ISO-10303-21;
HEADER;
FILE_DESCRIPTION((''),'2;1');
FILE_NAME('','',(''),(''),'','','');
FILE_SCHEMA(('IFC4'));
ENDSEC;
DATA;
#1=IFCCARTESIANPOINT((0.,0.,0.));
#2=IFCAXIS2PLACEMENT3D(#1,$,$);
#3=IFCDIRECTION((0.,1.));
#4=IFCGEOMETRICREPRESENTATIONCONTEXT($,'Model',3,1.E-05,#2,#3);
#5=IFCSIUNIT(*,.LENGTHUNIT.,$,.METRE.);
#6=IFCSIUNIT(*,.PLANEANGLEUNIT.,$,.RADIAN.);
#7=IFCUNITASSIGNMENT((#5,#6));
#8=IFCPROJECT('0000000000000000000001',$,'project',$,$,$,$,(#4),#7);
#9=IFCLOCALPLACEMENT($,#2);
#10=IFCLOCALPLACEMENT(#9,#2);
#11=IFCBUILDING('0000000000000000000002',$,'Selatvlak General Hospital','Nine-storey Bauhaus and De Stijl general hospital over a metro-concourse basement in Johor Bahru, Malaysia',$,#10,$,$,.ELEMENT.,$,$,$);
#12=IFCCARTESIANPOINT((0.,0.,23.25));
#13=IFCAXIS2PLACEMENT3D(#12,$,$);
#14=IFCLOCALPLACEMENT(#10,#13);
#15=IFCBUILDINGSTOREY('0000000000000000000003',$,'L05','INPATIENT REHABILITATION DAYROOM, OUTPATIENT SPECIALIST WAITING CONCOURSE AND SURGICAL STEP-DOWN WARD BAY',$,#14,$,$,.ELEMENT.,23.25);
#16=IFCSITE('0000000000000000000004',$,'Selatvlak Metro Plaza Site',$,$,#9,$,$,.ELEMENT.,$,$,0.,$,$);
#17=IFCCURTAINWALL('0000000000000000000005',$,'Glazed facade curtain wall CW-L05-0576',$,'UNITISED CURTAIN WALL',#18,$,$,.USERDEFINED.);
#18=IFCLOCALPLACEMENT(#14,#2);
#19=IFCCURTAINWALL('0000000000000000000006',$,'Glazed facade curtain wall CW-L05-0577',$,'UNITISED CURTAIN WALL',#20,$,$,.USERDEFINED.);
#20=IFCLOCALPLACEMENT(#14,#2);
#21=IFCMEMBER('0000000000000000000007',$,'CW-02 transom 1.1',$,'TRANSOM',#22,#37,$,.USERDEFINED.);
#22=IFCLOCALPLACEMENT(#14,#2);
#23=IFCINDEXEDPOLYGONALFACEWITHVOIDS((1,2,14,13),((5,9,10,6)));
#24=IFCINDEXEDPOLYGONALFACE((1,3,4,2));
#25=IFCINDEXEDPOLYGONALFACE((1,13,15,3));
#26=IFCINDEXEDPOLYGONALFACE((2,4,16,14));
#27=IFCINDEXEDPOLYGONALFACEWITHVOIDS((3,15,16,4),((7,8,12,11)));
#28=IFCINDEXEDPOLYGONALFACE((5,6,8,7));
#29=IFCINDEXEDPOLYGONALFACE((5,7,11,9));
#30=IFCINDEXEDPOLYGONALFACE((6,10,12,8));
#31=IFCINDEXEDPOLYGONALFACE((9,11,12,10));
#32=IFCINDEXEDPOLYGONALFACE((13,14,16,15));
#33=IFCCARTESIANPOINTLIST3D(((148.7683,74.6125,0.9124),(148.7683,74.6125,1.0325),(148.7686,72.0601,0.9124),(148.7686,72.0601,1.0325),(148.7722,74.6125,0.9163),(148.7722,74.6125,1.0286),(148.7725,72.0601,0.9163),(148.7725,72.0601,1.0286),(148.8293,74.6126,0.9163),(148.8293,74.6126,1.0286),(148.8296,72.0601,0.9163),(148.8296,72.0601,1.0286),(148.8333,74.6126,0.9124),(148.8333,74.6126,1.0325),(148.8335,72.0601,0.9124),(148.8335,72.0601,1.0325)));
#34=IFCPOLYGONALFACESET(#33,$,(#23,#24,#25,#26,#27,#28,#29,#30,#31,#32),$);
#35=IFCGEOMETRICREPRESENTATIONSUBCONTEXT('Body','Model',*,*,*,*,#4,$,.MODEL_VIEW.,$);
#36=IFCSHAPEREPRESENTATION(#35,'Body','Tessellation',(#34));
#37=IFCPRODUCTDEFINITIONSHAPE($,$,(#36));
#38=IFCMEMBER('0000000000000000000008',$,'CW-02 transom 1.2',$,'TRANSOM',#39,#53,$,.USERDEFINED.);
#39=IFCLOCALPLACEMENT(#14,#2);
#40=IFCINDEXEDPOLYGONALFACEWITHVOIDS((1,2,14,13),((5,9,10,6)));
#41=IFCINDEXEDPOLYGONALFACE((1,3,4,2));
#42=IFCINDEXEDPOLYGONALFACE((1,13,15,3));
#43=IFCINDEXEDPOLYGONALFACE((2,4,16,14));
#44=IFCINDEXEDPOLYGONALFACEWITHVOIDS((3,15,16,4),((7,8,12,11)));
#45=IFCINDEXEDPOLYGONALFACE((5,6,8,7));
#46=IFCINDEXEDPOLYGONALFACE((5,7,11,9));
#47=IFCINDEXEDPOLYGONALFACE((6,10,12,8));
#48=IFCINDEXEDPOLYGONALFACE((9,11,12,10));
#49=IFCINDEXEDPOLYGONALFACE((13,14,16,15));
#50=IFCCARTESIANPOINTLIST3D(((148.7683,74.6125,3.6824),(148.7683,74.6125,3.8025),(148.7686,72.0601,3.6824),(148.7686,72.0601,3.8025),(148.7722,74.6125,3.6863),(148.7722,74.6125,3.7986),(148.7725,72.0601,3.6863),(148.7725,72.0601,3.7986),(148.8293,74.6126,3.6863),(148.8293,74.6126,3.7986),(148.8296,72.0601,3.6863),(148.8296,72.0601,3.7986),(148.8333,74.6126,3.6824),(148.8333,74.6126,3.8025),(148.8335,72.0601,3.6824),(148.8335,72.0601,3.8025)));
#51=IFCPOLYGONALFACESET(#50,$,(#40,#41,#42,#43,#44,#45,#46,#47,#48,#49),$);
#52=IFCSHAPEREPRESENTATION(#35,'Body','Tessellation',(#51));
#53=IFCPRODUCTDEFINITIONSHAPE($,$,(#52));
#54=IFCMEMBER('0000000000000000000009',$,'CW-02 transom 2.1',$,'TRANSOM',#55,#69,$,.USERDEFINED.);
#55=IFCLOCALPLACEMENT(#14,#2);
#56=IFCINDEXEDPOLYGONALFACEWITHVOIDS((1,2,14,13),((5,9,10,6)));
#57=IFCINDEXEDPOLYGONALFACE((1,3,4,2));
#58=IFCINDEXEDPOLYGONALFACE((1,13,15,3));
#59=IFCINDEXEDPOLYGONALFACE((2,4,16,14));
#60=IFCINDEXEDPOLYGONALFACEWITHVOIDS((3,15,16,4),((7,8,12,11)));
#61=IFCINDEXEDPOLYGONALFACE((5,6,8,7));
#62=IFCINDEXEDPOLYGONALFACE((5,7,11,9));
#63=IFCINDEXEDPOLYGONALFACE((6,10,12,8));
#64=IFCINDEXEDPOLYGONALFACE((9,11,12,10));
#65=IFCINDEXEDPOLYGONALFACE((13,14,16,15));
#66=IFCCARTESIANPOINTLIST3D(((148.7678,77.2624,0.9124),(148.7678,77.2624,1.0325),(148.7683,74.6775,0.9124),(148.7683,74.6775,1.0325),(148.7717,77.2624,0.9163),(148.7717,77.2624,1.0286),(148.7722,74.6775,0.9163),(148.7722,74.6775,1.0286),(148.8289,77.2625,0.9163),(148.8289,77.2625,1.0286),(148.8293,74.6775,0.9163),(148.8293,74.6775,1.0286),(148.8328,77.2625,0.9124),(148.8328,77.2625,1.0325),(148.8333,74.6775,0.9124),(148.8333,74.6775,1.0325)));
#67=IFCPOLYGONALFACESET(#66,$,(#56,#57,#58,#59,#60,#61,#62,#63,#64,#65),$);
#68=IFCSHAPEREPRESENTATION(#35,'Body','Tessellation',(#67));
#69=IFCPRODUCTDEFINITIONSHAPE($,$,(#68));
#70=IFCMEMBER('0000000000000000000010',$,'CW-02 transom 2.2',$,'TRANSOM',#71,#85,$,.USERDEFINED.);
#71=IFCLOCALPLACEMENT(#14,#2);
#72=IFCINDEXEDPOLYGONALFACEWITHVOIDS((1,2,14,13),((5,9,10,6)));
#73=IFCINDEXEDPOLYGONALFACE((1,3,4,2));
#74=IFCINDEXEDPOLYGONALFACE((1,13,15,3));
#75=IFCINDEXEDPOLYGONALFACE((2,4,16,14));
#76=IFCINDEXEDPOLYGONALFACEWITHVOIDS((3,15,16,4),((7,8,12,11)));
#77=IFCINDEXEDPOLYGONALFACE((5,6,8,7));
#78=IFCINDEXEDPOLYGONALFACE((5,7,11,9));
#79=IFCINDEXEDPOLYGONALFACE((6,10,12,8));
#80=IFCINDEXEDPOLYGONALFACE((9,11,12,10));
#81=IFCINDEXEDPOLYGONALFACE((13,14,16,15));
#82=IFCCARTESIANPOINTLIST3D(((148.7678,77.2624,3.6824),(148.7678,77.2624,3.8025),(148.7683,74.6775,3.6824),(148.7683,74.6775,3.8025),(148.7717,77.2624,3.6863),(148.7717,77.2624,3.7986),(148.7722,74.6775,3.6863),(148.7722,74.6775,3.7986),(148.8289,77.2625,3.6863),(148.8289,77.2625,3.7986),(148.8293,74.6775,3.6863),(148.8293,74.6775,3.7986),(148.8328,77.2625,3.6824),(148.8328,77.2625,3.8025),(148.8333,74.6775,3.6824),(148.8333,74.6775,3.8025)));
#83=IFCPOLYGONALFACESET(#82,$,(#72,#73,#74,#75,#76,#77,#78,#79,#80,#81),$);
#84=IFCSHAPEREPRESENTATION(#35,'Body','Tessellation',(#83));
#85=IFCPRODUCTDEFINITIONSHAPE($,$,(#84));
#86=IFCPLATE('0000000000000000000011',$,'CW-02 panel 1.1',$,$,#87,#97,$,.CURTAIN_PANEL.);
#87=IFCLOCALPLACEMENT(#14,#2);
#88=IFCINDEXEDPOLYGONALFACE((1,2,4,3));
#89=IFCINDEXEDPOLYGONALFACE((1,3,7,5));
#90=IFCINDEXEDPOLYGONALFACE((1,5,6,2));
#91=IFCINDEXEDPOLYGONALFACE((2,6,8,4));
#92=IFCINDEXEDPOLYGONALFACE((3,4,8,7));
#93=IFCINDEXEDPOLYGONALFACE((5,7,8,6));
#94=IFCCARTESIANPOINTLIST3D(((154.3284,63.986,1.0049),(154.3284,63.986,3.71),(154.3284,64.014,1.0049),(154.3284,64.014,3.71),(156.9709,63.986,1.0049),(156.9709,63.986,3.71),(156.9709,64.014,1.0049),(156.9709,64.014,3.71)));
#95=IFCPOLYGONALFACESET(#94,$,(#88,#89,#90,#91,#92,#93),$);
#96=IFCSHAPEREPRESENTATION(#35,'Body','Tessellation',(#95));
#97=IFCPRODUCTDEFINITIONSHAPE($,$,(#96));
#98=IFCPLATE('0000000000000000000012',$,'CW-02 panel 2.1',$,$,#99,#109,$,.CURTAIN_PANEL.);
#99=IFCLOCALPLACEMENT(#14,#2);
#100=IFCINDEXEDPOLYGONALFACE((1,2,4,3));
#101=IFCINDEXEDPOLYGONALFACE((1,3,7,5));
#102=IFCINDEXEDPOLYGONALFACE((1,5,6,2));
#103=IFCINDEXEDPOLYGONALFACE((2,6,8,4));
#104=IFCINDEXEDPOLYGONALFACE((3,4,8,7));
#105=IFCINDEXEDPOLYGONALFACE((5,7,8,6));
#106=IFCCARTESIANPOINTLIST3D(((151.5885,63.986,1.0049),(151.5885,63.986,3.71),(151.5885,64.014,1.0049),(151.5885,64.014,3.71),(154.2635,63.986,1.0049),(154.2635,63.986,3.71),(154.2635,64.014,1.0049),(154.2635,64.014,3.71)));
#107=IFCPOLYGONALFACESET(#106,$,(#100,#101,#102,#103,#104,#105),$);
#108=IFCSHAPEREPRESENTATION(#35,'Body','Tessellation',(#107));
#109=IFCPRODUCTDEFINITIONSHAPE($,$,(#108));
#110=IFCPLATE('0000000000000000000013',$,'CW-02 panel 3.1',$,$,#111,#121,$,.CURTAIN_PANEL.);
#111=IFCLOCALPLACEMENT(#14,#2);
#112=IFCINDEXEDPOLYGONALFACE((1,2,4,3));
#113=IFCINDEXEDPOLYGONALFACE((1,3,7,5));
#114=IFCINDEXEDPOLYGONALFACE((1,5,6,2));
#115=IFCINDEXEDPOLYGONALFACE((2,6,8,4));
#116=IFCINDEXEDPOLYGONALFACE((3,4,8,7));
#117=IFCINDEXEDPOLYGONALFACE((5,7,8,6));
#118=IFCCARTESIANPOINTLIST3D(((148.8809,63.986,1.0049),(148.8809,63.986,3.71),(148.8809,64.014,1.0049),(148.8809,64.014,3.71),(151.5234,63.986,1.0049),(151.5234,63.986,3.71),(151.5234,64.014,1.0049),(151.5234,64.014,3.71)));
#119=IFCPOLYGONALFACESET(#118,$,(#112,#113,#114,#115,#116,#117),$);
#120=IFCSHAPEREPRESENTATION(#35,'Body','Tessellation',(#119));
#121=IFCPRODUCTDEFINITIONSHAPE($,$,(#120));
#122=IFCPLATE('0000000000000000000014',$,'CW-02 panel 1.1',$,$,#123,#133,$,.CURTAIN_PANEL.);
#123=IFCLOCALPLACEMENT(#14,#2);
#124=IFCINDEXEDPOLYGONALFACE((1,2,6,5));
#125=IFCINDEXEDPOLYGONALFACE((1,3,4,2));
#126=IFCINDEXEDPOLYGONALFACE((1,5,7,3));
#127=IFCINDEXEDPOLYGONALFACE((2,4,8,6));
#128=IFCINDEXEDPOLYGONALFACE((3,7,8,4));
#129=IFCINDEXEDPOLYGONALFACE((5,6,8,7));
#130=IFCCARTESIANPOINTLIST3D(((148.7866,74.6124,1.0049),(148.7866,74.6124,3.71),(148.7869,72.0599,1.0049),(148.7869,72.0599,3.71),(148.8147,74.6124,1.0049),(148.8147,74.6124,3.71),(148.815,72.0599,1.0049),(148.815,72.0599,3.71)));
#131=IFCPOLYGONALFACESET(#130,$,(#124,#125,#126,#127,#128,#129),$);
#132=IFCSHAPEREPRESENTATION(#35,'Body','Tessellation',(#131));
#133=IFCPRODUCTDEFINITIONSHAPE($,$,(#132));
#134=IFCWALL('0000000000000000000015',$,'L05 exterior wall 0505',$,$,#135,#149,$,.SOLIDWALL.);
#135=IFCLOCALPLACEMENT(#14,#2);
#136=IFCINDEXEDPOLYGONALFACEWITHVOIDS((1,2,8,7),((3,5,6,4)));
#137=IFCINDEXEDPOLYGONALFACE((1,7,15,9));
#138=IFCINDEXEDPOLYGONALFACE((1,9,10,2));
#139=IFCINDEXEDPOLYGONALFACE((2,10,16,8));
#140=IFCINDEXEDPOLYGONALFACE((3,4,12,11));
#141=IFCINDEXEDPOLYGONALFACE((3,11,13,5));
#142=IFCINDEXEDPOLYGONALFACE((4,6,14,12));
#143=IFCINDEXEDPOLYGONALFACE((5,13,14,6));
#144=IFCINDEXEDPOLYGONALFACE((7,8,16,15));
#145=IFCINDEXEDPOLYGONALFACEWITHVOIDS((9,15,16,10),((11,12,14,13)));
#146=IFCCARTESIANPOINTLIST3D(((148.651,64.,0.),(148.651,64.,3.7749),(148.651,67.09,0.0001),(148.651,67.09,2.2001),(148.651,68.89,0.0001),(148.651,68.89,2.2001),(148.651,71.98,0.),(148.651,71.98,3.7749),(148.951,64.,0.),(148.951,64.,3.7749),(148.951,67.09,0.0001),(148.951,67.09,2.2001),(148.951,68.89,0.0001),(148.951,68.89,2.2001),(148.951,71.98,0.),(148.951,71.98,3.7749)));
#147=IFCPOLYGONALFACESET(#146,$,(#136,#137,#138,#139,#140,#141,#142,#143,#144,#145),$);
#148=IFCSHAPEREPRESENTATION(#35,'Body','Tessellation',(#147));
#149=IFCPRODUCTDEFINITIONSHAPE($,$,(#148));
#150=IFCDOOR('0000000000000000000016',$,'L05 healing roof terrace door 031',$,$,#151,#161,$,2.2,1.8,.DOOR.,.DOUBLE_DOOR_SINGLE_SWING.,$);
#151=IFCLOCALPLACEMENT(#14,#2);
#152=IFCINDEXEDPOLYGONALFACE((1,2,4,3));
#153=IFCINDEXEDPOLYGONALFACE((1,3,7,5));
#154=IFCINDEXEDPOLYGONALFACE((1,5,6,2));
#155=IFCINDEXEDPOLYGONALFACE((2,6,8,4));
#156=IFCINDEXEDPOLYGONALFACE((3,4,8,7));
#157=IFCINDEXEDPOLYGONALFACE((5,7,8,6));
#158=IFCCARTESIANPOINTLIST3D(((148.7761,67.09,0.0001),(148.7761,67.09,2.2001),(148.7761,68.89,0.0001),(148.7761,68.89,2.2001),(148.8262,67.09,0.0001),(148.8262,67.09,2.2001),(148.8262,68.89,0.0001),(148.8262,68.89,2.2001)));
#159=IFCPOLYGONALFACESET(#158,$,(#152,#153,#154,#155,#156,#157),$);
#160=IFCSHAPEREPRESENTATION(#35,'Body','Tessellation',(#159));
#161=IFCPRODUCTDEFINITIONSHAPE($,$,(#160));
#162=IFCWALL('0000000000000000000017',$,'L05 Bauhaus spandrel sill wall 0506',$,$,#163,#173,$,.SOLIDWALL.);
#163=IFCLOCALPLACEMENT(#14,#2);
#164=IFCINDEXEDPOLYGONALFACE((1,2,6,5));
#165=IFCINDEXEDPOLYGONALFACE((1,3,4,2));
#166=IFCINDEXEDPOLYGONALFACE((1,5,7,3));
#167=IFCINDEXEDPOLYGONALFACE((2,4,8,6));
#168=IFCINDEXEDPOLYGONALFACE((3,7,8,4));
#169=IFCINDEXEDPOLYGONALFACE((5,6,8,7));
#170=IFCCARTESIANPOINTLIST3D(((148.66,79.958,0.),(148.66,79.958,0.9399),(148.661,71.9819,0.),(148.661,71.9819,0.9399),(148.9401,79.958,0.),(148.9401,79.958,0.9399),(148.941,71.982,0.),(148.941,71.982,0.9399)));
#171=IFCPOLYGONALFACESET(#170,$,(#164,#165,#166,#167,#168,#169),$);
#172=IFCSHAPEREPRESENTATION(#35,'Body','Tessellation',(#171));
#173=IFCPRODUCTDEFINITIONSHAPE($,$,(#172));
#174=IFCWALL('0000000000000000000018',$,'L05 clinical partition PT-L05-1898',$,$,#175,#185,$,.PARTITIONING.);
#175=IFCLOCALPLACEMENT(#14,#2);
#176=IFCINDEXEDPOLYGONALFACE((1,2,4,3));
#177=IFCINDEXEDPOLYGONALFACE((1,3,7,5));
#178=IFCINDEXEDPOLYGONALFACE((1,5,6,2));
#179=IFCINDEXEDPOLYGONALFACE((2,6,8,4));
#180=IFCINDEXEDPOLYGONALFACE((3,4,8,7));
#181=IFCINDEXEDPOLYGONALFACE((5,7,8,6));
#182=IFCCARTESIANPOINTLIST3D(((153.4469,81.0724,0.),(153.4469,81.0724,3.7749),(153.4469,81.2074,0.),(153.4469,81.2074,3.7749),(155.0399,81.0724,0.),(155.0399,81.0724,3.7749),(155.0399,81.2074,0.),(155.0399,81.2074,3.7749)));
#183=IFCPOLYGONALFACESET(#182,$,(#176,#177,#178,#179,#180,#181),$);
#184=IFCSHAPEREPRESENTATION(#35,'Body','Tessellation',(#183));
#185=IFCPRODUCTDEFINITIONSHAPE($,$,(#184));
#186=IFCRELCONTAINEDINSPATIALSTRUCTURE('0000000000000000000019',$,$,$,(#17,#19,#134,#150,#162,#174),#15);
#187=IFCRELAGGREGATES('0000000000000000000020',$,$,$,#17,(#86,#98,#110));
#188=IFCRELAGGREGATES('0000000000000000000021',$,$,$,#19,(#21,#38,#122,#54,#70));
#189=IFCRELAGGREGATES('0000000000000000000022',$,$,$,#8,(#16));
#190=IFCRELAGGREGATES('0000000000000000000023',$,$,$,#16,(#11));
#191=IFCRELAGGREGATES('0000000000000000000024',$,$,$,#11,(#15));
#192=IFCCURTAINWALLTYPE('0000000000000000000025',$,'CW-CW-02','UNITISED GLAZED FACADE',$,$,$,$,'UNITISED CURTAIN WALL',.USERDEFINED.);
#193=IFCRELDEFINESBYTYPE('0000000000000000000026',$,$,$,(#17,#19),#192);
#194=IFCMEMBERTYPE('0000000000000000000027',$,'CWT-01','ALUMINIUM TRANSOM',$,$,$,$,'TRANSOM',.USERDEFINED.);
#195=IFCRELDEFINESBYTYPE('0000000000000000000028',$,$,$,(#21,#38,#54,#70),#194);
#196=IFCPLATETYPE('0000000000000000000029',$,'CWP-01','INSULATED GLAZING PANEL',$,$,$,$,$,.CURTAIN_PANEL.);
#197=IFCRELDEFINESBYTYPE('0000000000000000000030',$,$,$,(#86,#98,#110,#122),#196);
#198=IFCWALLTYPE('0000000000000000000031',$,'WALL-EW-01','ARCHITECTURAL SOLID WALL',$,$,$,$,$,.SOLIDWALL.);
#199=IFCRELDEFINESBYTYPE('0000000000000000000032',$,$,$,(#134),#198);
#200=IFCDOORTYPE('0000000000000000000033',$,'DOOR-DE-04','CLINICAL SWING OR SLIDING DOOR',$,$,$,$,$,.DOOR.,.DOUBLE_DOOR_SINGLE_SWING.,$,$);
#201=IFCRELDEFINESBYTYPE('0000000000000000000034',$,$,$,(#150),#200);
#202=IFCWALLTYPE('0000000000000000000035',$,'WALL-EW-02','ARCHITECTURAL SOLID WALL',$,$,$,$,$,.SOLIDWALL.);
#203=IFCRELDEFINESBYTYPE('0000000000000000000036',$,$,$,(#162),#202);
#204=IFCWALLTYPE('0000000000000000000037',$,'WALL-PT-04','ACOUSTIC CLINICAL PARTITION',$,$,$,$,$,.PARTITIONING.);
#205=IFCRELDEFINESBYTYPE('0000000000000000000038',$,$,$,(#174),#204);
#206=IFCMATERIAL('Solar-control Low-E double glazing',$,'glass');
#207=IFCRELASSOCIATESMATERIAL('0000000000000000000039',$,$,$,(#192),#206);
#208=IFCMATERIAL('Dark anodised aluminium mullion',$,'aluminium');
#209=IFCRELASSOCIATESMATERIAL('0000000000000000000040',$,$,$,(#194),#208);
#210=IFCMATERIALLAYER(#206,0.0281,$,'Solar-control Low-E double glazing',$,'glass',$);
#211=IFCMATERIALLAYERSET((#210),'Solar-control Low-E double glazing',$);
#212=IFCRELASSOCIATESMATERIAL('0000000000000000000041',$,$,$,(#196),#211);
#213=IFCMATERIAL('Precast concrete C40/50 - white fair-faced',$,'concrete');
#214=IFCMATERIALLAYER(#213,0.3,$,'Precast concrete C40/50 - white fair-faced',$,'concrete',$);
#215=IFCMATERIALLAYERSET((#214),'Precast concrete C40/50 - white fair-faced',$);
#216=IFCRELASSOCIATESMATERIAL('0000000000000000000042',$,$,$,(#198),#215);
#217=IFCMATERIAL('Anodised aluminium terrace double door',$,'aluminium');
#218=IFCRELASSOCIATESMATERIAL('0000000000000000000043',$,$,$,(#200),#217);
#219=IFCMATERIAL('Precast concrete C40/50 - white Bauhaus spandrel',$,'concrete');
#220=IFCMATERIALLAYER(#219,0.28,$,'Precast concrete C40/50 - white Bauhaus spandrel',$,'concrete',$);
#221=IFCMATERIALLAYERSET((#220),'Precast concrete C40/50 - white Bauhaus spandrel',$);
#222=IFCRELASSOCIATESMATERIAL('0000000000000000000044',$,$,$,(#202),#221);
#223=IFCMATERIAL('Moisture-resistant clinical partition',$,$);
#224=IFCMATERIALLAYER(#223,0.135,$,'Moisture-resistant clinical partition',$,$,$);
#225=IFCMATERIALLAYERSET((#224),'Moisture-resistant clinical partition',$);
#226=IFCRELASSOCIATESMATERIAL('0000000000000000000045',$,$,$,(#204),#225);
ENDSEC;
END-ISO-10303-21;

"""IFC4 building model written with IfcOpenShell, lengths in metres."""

from ifc_helpers import new_model, si_unit, direction, frame, frame_2d, origin, origin_2d, place, context, subcontext, project, spatial, rectangle, hollow_rectangle, extrude, material, layer, layer_set, material_profile, profile_set, type_object, element, fill, aggregate, save


model = new_model("IFC4")

# Units and contexts
model_context = context("Model", 3, precision=1e-05, world=origin(), true_north=direction((0.0, 1.0)))
body_context = subcontext(model_context, "Body", "Model", "MODEL_VIEW")
ifc_project = project(units=[si_unit("LENGTHUNIT", "METRE"), si_unit("PLANEANGLEUNIT", "RADIAN")], contexts=[model_context])

# Site, building, storey
site_placement = place(None, origin())
site = spatial("IfcSite", under=ifc_project, at=site_placement, Name="Selatvlak Metro Plaza Site", CompositionType="ELEMENT", RefElevation=0.0)
building_placement = place(site_placement, origin())
building = spatial("IfcBuilding", under=site, at=building_placement, Name="Selatvlak General Hospital", Description="Nine-storey Bauhaus and De Stijl general hospital over a metro-concourse basement in Johor Bahru, Malaysia", CompositionType="ELEMENT")
storey_placement = place(building_placement, frame((0.0, 0.0, 23.25)))
storey = spatial("IfcBuildingStorey", under=building, at=storey_placement, Name="L05", Description="INPATIENT REHABILITATION DAYROOM, OUTPATIENT SPECIALIST WAITING CONCOURSE AND SURGICAL STEP-DOWN WARD BAY", CompositionType="ELEMENT", Elevation=23.25)

# Curtain walls
ifc_material_1 = material(Name="Solar-control Low-E double glazing", Category="glass")
curtain_wall_type = type_object("IfcCurtainWallType", Name="CW-CW-02", Description="UNITISED GLAZED FACADE", ElementType="UNITISED CURTAIN WALL", PredefinedType="USERDEFINED", material=ifc_material_1)
curtain_wall_1_placement = place(storey_placement, origin())
curtain_wall_1 = element("IfcCurtainWall", 1, at=curtain_wall_1_placement, inside=storey, type_object=curtain_wall_type, Name="Glazed facade curtain wall CW-L05-0576", ObjectType="UNITISED CURTAIN WALL", PredefinedType="USERDEFINED")
ifc_material_2 = material(Name="Dark anodised aluminium mullion", Category="aluminium")
curtain_wall_2_placement = place(storey_placement, origin())
curtain_wall_2 = element("IfcCurtainWall", 2, at=curtain_wall_2_placement, inside=storey, type_object=curtain_wall_type, Name="Glazed facade curtain wall CW-L05-0577", ObjectType="UNITISED CURTAIN WALL", PredefinedType="USERDEFINED")

# Members
ifc_material_profile_1 = material_profile(ifc_material_2, hollow_rectangle(XDim=0.0649, YDim=0.1201, WallThickness=0.0039, at=origin_2d()), Name="AL-TRN 65x120x4")
ifc_profile_set_1 = profile_set([ifc_material_profile_1], Name="Dark anodised aluminium mullion")
member_type_1 = type_object("IfcMemberType", Name="CWT-01", Description="ALUMINIUM TRANSOM", ElementType="TRANSOM", PredefinedType="USERDEFINED", material=ifc_profile_set_1)
member_1_placement = place(storey_placement, frame((148.801, 72.0601, 0.9724), z_axis=(-0.000096, 1.0, 0.0), x_axis=(-1.0, -0.000096, 0.0)))
member_1 = element("IfcMember", 3, at=member_1_placement, type_object=member_type_1, Name="CW-02 transom 1.1", ObjectType="TRANSOM", PredefinedType="USERDEFINED", context=body_context, shape_type="SweptSolid", body=[
    extrude(hollow_rectangle(XDim=0.0649, YDim=0.1201, WallThickness=0.0039, at=origin_2d()), origin(), (0.0, 0.0, 1.0), 2.5525),
])
member_2_placement = place(storey_placement, frame((148.801, 72.0601, 3.7424), z_axis=(-0.000096, 1.0, 0.0), x_axis=(-1.0, -0.000096, 0.0)))
member_2 = element("IfcMember", 4, at=member_2_placement, type_object=member_type_1, Name="CW-02 transom 1.2", ObjectType="TRANSOM", PredefinedType="USERDEFINED", context=body_context, shape_type="SweptSolid", body=[
    extrude(hollow_rectangle(XDim=0.0649, YDim=0.1201, WallThickness=0.0039, at=origin_2d()), origin(), (0.0, 0.0, 1.0), 2.5525),
])
member_3_placement = place(storey_placement, frame((148.8008, 74.6775, 0.9724), z_axis=(-0.000189, 1.0, 0.0), x_axis=(-1.0, -0.000189, 0.0)))
member_3 = element("IfcMember", 5, at=member_3_placement, type_object=member_type_1, Name="CW-02 transom 2.1", ObjectType="TRANSOM", PredefinedType="USERDEFINED", context=body_context, shape_type="SweptSolid", body=[
    extrude(hollow_rectangle(XDim=0.0649, YDim=0.1201, WallThickness=0.0039, at=origin_2d()), origin(), (0.0, 0.0, 1.0), 2.585),
])
member_4_placement = place(storey_placement, frame((148.8008, 74.6775, 3.7424), z_axis=(-0.000189, 1.0, 0.0), x_axis=(-1.0, -0.000189, 0.0)))
member_4 = element("IfcMember", 6, at=member_4_placement, type_object=member_type_1, Name="CW-02 transom 2.2", ObjectType="TRANSOM", PredefinedType="USERDEFINED", context=body_context, shape_type="SweptSolid", body=[
    extrude(hollow_rectangle(XDim=0.0649, YDim=0.1201, WallThickness=0.0039, at=origin_2d()), origin(), (0.0, 0.0, 1.0), 2.585),
])

# Plates
ifc_layer_1 = layer(ifc_material_1, 0.0281, Name="Solar-control Low-E double glazing", Category="glass")
ifc_layer_set_1 = layer_set([ifc_layer_1], Name="Solar-control Low-E double glazing")
plate_type = type_object("IfcPlateType", Name="CWP-01", Description="INSULATED GLAZING PANEL", PredefinedType="CURTAIN_PANEL", material=ifc_layer_set_1)
plate_1_placement = place(storey_placement, frame((155.6497, 64.0, 1.0049), z_axis=(0.0, 0.0, 1.0), x_axis=(-1.0, 0.0, 0.0)))
plate_1 = element("IfcPlate", 7, at=plate_1_placement, type_object=plate_type, Name="CW-02 panel 1.1", PredefinedType="CURTAIN_PANEL", context=body_context, shape_type="SweptSolid", body=[
    extrude(rectangle(XDim=2.6426, YDim=0.0281, at=origin_2d()), origin(), (0.0, 0.0, 1.0), 2.7051),
])
plate_2_placement = place(storey_placement, frame((152.926, 64.0, 1.0049), z_axis=(0.0, 0.0, 1.0), x_axis=(-1.0, 0.0, 0.0)))
plate_2 = element("IfcPlate", 8, at=plate_2_placement, type_object=plate_type, Name="CW-02 panel 2.1", PredefinedType="CURTAIN_PANEL", context=body_context, shape_type="SweptSolid", body=[
    extrude(rectangle(XDim=2.675, YDim=0.0281, at=origin_2d()), origin(), (0.0, 0.0, 1.0), 2.7051),
])
plate_3_placement = place(storey_placement, frame((150.2021, 64.0, 1.0049), z_axis=(0.0, 0.0, 1.0), x_axis=(-1.0, 0.0, 0.0)))
plate_3 = element("IfcPlate", 9, at=plate_3_placement, type_object=plate_type, Name="CW-02 panel 3.1", PredefinedType="CURTAIN_PANEL", context=body_context, shape_type="SweptSolid", body=[
    extrude(rectangle(XDim=2.6426, YDim=0.0281, at=origin_2d()), origin(), (0.0, 0.0, 1.0), 2.7051),
])
aggregate(curtain_wall_1, [plate_1, plate_2, plate_3])
plate_4_placement = place(storey_placement, frame((148.8008, 73.3362, 1.0049), z_axis=(0.0, 0.0, 1.0), x_axis=(-0.000126, 1.0, 0.0)))
plate_4 = element("IfcPlate", 10, at=plate_4_placement, type_object=plate_type, Name="CW-02 panel 1.1", PredefinedType="CURTAIN_PANEL", context=body_context, shape_type="SweptSolid", body=[
    extrude(rectangle(XDim=2.5525, YDim=0.0281, at=origin_2d()), origin(), (0.0, 0.0, 1.0), 2.7051),
])
aggregate(curtain_wall_2, [member_1, member_2, plate_4, member_3, member_4])

# Wall, opening, door
ifc_material_3 = material(Name="Precast concrete C40/50 - white fair-faced", Category="concrete")
ifc_layer_2 = layer(ifc_material_3, 0.3, Name="Precast concrete C40/50 - white fair-faced", Category="concrete")
ifc_layer_set_2 = layer_set([ifc_layer_2], Name="Precast concrete C40/50 - white fair-faced")
wall_type_1 = type_object("IfcWallType", Name="WALL-EW-01", Description="ARCHITECTURAL SOLID WALL", PredefinedType="SOLIDWALL", material=ifc_layer_set_2)
wall_1_placement = place(storey_placement, frame((148.801, 64.0, 0.0), z_axis=(0.0, 0.0, 1.0), x_axis=(0.0, 1.0, 0.0)))
wall_1 = element("IfcWall", 11, at=wall_1_placement, inside=storey, type_object=wall_type_1, Name="L05 exterior wall 0505", PredefinedType="SOLIDWALL", context=body_context, shape_type="SweptSolid", body=[
    extrude(rectangle(XDim=7.98, YDim=0.3, at=frame_2d((3.99, 0.0))), origin(), (0.0, 0.0, 1.0), 3.7749),
])
opening_1_placement = place(wall_1_placement, frame((3.0901, 0.0, 0.0)))
opening_1 = element("IfcOpeningElement", 12, at=opening_1_placement, cuts=wall_1, PredefinedType="OPENING", context=body_context, shape_type="SweptSolid", body=[
    extrude(rectangle(XDim=1.8, YDim=2.2, at=frame_2d((0.8999, 1.1001))), frame((0.0, 0.1599, 0.0), z_axis=(0.0, -1.0, 0.0), x_axis=(1.0, 0.0, 0.0)), (0.0, 0.0, 1.0), 0.3201),
])
ifc_material_4 = material(Name="Anodised aluminium terrace double door", Category="aluminium")
door_type_1 = type_object("IfcDoorType", Name="DOOR-DE-04", Description="CLINICAL SWING OR SLIDING DOOR", OperationType="DOUBLE_DOOR_SINGLE_SWING", PredefinedType="DOOR", material=ifc_material_4)
door_1_placement = place(opening_1_placement, origin())
door_1 = element("IfcDoor", 13, at=door_1_placement, inside=storey, type_object=door_type_1, Name="L05 healing roof terrace door 031", OperationType="DOUBLE_DOOR_SINGLE_SWING", OverallHeight=2.2, OverallWidth=1.8, PredefinedType="DOOR", context=body_context, shape_type="SweptSolid", body=[
    extrude(rectangle(XDim=1.8, YDim=2.2, at=frame_2d((0.8999, 1.1001))), frame((0.0, 0.0249, 0.0), z_axis=(0.0, -1.0, 0.0), x_axis=(1.0, 0.0, 0.0)), (0.0, 0.0, 1.0), 0.05),
])
fill(opening_1, door_1)

# Walls
ifc_material_5 = material(Name="Precast concrete C40/50 - white Bauhaus spandrel", Category="concrete")
ifc_layer_3 = layer(ifc_material_5, 0.28, Name="Precast concrete C40/50 - white Bauhaus spandrel", Category="concrete")
ifc_layer_set_3 = layer_set([ifc_layer_3], Name="Precast concrete C40/50 - white Bauhaus spandrel")
wall_type_2 = type_object("IfcWallType", Name="WALL-EW-02", Description="ARCHITECTURAL SOLID WALL", PredefinedType="SOLIDWALL", material=ifc_layer_set_3)
wall_2_placement = place(storey_placement, frame((148.801, 71.9819, 0.0), z_axis=(0.0, 0.0, 1.0), x_axis=(-0.000122, 1.0, 0.0)))
element("IfcWall", 14, at=wall_2_placement, inside=storey, type_object=wall_type_2, Name="L05 Bauhaus spandrel sill wall 0506", PredefinedType="SOLIDWALL", context=body_context, shape_type="SweptSolid", body=[
    extrude(rectangle(XDim=7.9761, YDim=0.28, at=frame_2d((3.988, 0.0))), origin(), (0.0, 0.0, 1.0), 0.9399),
])
ifc_material_6 = material(Name="Moisture-resistant clinical partition")
ifc_layer_4 = layer(ifc_material_6, 0.135, Name="Moisture-resistant clinical partition")
ifc_layer_set_4 = layer_set([ifc_layer_4], Name="Moisture-resistant clinical partition")
wall_type_3 = type_object("IfcWallType", Name="WALL-PT-04", Description="ACOUSTIC CLINICAL PARTITION", PredefinedType="PARTITIONING", material=ifc_layer_set_4)
wall_3_placement = place(storey_placement, frame((153.447, 81.1399, 0.0), z_axis=(0.0, 0.0, 1.0), x_axis=(1.0, 0.0, 0.0)))
element("IfcWall", 15, at=wall_3_placement, inside=storey, type_object=wall_type_3, Name="L05 clinical partition PT-L05-1898", PredefinedType="PARTITIONING", context=body_context, shape_type="SweptSolid", body=[
    extrude(rectangle(XDim=1.593, YDim=0.135, at=frame_2d((0.7964, 0.0))), origin(), (0.0, 0.0, 1.0), 3.7749),
])

save(model, "model.ifc")
